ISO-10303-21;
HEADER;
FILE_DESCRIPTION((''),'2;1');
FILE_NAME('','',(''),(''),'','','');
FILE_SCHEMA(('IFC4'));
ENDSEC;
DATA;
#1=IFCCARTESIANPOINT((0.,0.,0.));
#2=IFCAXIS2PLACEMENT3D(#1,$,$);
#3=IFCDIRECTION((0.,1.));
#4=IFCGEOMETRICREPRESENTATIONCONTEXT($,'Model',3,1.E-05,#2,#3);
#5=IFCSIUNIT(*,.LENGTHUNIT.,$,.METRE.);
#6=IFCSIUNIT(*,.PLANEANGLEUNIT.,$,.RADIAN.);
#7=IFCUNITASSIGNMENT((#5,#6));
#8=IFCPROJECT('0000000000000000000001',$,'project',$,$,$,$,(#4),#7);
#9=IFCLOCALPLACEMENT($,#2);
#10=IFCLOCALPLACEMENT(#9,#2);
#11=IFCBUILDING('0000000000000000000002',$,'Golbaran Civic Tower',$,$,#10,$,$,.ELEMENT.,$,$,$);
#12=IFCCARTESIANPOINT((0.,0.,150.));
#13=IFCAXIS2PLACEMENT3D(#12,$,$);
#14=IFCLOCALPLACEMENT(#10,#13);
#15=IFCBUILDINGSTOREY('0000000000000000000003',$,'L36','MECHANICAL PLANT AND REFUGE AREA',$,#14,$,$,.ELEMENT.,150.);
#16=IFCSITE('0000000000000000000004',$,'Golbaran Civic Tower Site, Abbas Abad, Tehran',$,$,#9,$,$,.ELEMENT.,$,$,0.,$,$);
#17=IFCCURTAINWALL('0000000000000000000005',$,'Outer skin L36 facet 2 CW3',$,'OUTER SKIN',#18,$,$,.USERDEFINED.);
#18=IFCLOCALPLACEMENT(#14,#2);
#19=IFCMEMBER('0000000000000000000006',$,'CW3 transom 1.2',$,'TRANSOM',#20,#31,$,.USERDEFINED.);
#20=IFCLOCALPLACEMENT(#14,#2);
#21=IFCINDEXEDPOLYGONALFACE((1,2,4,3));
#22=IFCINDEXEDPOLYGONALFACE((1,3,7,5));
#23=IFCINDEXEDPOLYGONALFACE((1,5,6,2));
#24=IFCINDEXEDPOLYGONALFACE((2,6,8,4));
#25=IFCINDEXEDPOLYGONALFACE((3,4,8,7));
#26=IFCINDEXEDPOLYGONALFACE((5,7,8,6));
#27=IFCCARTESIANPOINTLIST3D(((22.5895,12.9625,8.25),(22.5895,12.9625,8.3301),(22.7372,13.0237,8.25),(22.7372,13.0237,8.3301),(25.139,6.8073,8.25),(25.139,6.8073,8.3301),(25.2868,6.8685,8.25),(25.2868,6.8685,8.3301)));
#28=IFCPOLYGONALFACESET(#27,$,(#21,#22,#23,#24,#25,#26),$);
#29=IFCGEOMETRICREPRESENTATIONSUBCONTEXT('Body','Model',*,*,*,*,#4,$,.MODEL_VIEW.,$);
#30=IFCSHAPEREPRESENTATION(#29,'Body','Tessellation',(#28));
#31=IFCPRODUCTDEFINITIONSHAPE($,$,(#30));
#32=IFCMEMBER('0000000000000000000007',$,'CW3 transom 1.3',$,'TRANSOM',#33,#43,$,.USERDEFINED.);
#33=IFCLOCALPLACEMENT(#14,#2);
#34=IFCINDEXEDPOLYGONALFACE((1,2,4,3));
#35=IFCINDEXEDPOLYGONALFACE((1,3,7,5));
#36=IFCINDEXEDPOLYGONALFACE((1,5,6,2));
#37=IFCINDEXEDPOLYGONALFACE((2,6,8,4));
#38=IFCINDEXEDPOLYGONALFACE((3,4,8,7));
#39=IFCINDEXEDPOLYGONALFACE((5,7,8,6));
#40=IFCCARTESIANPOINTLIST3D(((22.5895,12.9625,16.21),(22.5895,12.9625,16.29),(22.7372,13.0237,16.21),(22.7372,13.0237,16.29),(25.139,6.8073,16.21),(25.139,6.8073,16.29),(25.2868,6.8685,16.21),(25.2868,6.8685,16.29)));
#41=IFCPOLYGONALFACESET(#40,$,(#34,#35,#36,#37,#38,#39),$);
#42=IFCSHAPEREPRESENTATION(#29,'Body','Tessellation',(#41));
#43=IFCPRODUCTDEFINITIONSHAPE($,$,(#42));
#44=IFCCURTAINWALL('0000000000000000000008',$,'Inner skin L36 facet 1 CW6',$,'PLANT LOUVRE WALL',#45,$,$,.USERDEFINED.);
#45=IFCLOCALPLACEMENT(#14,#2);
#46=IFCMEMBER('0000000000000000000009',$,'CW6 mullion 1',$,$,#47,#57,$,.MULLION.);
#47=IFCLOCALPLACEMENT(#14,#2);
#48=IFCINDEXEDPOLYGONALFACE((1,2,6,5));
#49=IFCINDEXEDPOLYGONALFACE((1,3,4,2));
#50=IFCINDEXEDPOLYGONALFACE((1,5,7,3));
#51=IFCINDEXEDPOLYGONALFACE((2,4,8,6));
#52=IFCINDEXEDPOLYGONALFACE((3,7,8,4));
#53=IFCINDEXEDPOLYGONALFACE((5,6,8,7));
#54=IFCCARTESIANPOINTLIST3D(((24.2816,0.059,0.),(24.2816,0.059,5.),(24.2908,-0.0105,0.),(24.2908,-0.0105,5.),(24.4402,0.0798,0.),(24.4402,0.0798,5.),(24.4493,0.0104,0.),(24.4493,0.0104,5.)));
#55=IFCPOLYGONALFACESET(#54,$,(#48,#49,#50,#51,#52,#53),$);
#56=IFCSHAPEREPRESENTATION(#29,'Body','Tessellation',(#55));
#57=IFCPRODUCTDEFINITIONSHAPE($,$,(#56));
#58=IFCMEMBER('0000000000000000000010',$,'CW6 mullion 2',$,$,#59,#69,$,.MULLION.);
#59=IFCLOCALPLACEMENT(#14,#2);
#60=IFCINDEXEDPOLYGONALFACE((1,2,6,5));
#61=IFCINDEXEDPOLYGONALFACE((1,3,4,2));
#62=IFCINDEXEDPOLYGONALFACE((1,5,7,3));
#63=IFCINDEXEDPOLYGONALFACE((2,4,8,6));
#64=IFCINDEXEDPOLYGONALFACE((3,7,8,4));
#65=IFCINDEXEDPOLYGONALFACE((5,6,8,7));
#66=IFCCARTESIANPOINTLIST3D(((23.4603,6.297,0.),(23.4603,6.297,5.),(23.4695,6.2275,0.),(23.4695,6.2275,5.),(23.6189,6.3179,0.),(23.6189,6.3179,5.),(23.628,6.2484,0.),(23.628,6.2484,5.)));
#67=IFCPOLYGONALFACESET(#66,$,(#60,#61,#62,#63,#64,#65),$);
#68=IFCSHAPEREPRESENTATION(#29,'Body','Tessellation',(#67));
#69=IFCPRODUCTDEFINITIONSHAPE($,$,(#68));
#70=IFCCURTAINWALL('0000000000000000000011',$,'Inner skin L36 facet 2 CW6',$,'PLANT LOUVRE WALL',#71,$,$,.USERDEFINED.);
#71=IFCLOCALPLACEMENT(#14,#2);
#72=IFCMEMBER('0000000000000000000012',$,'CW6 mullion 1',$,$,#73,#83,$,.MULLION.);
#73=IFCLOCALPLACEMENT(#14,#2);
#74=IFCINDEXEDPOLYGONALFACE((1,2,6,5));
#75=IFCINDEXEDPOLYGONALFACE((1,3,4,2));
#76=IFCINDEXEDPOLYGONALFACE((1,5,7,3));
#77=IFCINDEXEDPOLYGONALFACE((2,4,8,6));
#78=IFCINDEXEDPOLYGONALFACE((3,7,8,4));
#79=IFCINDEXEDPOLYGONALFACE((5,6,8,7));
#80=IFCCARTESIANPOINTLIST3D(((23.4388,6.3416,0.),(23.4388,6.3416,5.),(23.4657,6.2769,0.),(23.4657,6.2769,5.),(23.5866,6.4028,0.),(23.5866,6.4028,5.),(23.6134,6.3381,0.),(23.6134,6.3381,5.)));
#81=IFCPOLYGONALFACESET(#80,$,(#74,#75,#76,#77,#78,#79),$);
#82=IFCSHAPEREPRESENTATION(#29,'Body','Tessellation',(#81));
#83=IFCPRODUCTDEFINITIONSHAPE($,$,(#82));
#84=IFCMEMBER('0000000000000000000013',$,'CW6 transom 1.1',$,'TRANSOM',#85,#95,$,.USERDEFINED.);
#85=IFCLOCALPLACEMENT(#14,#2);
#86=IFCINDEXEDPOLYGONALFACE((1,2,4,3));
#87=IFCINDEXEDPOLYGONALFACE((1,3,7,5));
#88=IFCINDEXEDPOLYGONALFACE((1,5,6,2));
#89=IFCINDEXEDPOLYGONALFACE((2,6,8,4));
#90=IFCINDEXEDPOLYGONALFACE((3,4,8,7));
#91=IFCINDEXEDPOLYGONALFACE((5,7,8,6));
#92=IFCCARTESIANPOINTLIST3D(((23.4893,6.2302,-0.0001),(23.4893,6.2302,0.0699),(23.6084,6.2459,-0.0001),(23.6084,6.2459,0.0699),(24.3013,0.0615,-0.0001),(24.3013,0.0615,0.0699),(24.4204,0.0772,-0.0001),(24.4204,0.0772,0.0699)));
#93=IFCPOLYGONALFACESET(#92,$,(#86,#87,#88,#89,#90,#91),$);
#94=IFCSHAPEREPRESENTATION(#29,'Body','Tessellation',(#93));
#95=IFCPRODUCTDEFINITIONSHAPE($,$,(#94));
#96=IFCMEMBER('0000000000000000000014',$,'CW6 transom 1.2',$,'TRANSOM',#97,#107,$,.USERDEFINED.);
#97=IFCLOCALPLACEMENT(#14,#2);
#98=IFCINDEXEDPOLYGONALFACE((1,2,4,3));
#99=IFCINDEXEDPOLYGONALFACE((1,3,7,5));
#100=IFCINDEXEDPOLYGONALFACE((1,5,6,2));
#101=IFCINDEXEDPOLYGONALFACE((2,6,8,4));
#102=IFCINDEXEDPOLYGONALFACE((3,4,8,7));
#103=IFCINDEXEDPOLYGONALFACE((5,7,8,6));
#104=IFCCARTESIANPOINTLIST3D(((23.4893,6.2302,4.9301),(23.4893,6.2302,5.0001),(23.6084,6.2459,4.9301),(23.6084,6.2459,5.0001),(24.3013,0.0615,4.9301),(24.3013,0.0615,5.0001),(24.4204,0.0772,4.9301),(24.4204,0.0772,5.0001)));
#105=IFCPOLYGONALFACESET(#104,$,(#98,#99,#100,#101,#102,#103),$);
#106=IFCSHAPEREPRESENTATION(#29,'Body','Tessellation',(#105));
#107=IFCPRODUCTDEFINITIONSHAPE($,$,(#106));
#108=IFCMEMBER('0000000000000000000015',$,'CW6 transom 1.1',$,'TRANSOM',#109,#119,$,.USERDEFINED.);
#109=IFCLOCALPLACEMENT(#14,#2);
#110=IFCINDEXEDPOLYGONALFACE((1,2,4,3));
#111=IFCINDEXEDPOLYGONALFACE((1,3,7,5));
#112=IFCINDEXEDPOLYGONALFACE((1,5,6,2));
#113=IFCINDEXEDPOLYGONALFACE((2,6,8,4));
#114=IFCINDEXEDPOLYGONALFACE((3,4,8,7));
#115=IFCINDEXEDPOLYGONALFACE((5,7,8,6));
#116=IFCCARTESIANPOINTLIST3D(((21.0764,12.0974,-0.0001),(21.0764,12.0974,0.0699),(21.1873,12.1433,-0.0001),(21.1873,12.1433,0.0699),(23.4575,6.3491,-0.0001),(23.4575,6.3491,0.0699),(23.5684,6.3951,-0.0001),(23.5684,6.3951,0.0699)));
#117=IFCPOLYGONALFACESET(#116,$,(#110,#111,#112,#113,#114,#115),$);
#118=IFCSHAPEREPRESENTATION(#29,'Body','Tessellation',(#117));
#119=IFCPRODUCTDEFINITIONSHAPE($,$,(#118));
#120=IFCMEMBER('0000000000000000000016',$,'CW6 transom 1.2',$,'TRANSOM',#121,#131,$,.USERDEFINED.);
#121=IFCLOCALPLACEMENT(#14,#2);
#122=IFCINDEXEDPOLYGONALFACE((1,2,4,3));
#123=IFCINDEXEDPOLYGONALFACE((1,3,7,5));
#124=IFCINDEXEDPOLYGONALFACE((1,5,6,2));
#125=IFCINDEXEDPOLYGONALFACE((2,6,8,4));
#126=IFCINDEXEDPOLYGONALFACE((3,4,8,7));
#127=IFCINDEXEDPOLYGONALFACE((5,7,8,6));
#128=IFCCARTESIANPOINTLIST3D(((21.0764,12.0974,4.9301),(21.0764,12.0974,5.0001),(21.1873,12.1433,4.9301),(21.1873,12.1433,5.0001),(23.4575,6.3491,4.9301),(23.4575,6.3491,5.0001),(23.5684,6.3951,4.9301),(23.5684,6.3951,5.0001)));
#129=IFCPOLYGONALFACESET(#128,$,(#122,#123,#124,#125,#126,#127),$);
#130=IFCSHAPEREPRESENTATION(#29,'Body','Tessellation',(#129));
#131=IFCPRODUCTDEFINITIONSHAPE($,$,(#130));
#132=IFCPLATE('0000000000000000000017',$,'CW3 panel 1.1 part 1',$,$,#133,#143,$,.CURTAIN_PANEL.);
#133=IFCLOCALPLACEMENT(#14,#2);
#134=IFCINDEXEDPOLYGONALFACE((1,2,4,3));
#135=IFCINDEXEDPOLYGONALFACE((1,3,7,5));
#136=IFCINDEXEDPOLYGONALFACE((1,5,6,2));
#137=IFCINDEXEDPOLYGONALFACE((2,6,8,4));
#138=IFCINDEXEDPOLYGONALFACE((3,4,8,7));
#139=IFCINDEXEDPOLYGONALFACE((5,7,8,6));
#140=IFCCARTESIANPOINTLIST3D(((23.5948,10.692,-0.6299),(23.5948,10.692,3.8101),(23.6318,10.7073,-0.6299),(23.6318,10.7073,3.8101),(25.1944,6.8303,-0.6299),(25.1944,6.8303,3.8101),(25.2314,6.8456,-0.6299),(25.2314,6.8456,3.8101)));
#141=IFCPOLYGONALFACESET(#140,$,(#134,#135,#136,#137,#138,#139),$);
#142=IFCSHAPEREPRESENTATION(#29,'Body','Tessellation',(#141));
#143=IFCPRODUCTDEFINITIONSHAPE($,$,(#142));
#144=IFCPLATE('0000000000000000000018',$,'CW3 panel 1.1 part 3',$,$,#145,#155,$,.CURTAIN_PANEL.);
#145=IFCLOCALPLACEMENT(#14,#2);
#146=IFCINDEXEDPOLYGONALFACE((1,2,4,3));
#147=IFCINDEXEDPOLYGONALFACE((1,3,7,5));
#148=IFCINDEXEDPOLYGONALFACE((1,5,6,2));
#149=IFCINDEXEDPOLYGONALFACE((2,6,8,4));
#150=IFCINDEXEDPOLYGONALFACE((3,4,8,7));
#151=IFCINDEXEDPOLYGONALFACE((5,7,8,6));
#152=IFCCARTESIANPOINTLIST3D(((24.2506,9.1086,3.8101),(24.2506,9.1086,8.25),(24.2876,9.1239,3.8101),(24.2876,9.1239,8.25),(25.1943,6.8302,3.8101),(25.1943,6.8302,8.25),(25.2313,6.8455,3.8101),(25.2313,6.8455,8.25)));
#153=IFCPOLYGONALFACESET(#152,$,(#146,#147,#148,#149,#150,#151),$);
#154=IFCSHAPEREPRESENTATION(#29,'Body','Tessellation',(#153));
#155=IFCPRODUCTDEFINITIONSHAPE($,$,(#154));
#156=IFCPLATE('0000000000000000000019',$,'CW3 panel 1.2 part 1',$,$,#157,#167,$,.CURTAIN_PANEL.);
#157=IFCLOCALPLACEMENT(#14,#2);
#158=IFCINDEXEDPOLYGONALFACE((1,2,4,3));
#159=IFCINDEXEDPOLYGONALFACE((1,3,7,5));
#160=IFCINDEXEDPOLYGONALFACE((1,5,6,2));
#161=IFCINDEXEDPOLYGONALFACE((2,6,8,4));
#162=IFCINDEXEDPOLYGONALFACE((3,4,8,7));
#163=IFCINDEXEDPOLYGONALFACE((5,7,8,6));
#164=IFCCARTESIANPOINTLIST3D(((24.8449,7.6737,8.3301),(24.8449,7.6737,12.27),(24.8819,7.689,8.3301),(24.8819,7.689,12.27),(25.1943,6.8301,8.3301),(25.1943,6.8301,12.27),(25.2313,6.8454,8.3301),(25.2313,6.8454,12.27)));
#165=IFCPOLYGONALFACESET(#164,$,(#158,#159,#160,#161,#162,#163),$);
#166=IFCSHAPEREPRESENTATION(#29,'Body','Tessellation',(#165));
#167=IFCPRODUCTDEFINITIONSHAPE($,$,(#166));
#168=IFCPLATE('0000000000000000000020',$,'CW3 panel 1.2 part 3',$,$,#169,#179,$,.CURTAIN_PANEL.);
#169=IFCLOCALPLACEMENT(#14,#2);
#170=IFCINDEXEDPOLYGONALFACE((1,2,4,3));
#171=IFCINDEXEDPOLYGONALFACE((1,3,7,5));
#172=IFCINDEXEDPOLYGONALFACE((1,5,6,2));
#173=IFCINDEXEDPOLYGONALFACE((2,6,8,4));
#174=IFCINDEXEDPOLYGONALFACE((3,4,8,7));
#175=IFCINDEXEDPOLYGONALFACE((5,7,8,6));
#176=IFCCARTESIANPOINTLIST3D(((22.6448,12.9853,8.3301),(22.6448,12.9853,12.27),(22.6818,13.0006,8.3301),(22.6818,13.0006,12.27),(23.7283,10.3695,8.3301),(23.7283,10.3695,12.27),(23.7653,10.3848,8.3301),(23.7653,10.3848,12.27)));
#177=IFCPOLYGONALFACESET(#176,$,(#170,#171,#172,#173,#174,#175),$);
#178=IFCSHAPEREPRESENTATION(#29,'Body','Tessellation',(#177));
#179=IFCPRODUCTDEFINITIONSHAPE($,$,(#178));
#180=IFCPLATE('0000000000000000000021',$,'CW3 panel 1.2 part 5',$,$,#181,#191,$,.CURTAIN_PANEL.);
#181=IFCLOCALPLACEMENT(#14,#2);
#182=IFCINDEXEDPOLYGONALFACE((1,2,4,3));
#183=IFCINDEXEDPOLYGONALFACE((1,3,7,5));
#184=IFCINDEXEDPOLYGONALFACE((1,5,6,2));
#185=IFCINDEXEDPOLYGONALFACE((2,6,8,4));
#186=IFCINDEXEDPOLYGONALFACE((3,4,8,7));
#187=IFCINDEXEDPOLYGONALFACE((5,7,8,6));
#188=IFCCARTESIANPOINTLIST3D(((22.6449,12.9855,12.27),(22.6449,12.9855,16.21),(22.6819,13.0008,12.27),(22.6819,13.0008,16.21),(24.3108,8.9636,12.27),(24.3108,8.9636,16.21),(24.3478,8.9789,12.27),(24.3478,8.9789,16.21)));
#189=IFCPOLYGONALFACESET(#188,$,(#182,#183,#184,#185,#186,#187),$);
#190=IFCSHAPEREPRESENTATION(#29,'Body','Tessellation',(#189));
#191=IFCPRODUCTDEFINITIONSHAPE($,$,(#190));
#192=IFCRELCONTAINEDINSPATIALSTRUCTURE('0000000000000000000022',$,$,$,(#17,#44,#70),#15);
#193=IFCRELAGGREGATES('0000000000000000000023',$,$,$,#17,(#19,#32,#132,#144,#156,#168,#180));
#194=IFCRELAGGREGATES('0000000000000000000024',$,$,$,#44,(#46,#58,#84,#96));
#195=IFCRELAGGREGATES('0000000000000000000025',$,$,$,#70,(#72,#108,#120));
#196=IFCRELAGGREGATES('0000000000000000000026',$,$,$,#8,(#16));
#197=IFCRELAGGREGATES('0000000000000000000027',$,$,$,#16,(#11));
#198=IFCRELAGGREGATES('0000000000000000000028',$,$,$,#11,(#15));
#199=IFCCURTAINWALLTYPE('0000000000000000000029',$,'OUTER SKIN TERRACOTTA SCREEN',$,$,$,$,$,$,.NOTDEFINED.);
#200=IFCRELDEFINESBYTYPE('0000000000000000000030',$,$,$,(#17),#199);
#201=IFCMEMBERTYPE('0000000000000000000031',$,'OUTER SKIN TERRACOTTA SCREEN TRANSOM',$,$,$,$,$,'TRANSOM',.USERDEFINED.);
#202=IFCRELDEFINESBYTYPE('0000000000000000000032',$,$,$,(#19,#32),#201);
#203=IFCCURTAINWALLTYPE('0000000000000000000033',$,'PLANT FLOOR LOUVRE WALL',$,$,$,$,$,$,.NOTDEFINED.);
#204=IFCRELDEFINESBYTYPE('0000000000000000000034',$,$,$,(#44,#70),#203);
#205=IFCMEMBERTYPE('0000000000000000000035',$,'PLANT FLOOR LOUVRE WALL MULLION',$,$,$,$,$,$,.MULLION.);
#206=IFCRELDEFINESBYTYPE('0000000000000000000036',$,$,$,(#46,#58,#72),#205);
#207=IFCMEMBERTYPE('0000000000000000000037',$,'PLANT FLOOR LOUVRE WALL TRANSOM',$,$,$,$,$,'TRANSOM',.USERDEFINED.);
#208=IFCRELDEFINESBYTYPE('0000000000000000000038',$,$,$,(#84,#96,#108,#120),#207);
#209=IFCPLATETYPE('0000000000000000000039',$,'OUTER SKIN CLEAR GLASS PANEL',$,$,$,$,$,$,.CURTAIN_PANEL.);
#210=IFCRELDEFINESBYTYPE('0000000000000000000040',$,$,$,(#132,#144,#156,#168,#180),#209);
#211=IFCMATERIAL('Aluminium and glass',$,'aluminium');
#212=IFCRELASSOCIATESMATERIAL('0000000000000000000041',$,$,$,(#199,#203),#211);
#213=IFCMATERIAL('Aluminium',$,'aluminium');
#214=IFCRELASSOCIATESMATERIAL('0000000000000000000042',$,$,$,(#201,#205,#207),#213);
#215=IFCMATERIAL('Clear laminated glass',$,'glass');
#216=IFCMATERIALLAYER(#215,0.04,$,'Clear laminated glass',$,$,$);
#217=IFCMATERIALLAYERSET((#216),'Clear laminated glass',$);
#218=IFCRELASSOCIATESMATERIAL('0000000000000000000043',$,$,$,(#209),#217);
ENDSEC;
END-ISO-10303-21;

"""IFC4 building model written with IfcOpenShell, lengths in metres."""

from ifc_helpers import new_model, si_unit, direction, frame, origin, origin_2d, place, context, subcontext, project, spatial, rectangle, extrude, material, layer, layer_set, material_profile, profile_set, type_object, element, aggregate, save


model = new_model("IFC4")

# Units and contexts
model_context = context("Model", 3, precision=1e-05, world=origin(), true_north=direction((0.0, 1.0)))
body_context = subcontext(model_context, "Body", "Model", "MODEL_VIEW")
ifc_project = project(units=[si_unit("LENGTHUNIT", "METRE"), si_unit("PLANEANGLEUNIT", "RADIAN")], contexts=[model_context])

# Site, building, storey
site_placement = place(None, origin())
site = spatial("IfcSite", under=ifc_project, at=site_placement, Name="Golbaran Civic Tower Site, Abbas Abad, Tehran", CompositionType="ELEMENT", RefElevation=0.0)
building_placement = place(site_placement, origin())
building = spatial("IfcBuilding", under=site, at=building_placement, Name="Golbaran Civic Tower", CompositionType="ELEMENT")
storey_placement = place(building_placement, frame((0.0, 0.0, 150.0)))
storey = spatial("IfcBuildingStorey", under=building, at=storey_placement, Name="L36", Description="MECHANICAL PLANT AND REFUGE AREA", CompositionType="ELEMENT", Elevation=150.0)

# Shared definitions
ifc_material_1 = material(Name="Aluminium and glass", Category="aluminium")
curtain_wall_type_1 = type_object("IfcCurtainWallType", Name="OUTER SKIN TERRACOTTA SCREEN", PredefinedType="NOTDEFINED", material=ifc_material_1)
ifc_material_2 = material(Name="Aluminium", Category="aluminium")

# Curtain wall
curtain_wall_1_placement = place(storey_placement, origin())
curtain_wall_1 = element("IfcCurtainWall", 1, at=curtain_wall_1_placement, inside=storey, type_object=curtain_wall_type_1, Name="Outer skin L36 facet 2 CW3", ObjectType="OUTER SKIN", PredefinedType="USERDEFINED")

# Members
ifc_material_profile_1 = material_profile(ifc_material_2, rectangle(XDim=0.1599, YDim=0.0801, at=origin_2d()), Name="OUTER SKIN TERRACOTTA SCREEN TRANSOM")
ifc_profile_set_1 = profile_set([ifc_material_profile_1], Name="Aluminium")
member_type_1 = type_object("IfcMemberType", Name="OUTER SKIN TERRACOTTA SCREEN TRANSOM", ElementType="TRANSOM", PredefinedType="USERDEFINED", material=ifc_profile_set_1)
member_1_placement = place(storey_placement, frame((25.2129, 6.8379, 8.29), z_axis=(-0.382679, 0.923882, 0.0), x_axis=(-0.923882, -0.382679, 0.0)))
member_1 = element("IfcMember", 2, at=member_1_placement, type_object=member_type_1, Name="CW3 transom 1.2", ObjectType="TRANSOM", PredefinedType="USERDEFINED", context=body_context, shape_type="SweptSolid", body=[
    extrude(rectangle(XDim=0.1599, YDim=0.0801, at=origin_2d()), origin(), (0.0, 0.0, 1.0), 6.6624),
])
member_2_placement = place(storey_placement, frame((25.2129, 6.8379, 16.25), z_axis=(-0.382679, 0.923882, 0.0), x_axis=(-0.923882, -0.382679, 0.0)))
member_2 = element("IfcMember", 3, at=member_2_placement, type_object=member_type_1, Name="CW3 transom 1.3", ObjectType="TRANSOM", PredefinedType="USERDEFINED", context=body_context, shape_type="SweptSolid", body=[
    extrude(rectangle(XDim=0.1599, YDim=0.0801, at=origin_2d()), origin(), (0.0, 0.0, 1.0), 6.6624),
])

# Curtain wall, members
curtain_wall_type_2 = type_object("IfcCurtainWallType", Name="PLANT FLOOR LOUVRE WALL", PredefinedType="NOTDEFINED", material=ifc_material_1)
curtain_wall_2_placement = place(storey_placement, origin())
curtain_wall_2 = element("IfcCurtainWall", 4, at=curtain_wall_2_placement, inside=storey, type_object=curtain_wall_type_2, Name="Inner skin L36 facet 1 CW6", ObjectType="PLANT LOUVRE WALL", PredefinedType="USERDEFINED")
ifc_material_profile_2 = material_profile(ifc_material_2, rectangle(XDim=0.1599, YDim=0.0701, at=origin_2d()), Name="PLANT FLOOR LOUVRE WALL MULLION")
ifc_profile_set_2 = profile_set([ifc_material_profile_2], Name="Aluminium")
member_type_2 = type_object("IfcMemberType", Name="PLANT FLOOR LOUVRE WALL MULLION", PredefinedType="MULLION", material=ifc_profile_set_2)
member_3_placement = place(storey_placement, frame((24.3655, 0.0347, 0.0), z_axis=(0.0, 0.0, 1.0), x_axis=(-0.991445, -0.130526, 0.0)))
member_3 = element("IfcMember", 5, at=member_3_placement, type_object=member_type_2, Name="CW6 mullion 1", PredefinedType="MULLION", context=body_context, shape_type="SweptSolid", body=[
    extrude(rectangle(XDim=0.1599, YDim=0.0701, at=origin_2d()), origin(), (0.0, 0.0, 1.0), 5.0),
])
member_4_placement = place(storey_placement, frame((23.5442, 6.2727, 0.0), z_axis=(0.0, 0.0, 1.0), x_axis=(-0.991445, -0.130526, 0.0)))
member_4 = element("IfcMember", 6, at=member_4_placement, type_object=member_type_2, Name="CW6 mullion 2", PredefinedType="MULLION", context=body_context, shape_type="SweptSolid", body=[
    extrude(rectangle(XDim=0.1599, YDim=0.0701, at=origin_2d()), origin(), (0.0, 0.0, 1.0), 5.0),
])

# Curtain wall, member
curtain_wall_3_placement = place(storey_placement, origin())
curtain_wall_3 = element("IfcCurtainWall", 7, at=curtain_wall_3_placement, inside=storey, type_object=curtain_wall_type_2, Name="Inner skin L36 facet 2 CW6", ObjectType="PLANT LOUVRE WALL", PredefinedType="USERDEFINED")
member_5_placement = place(storey_placement, frame((23.5261, 6.3398, 0.0), z_axis=(0.0, 0.0, 1.0), x_axis=(-0.92388, -0.382683, 0.0)))
member_5 = element("IfcMember", 8, at=member_5_placement, type_object=member_type_2, Name="CW6 mullion 1", PredefinedType="MULLION", context=body_context, shape_type="SweptSolid", body=[
    extrude(rectangle(XDim=0.1599, YDim=0.0701, at=origin_2d()), origin(), (0.0, 0.0, 1.0), 5.0),
])

# Members
ifc_material_profile_3 = material_profile(ifc_material_2, rectangle(XDim=0.1201, YDim=0.0701, at=origin_2d()), Name="PLANT FLOOR LOUVRE WALL TRANSOM")
ifc_profile_set_3 = profile_set([ifc_material_profile_3], Name="Aluminium")
member_type_3 = type_object("IfcMemberType", Name="PLANT FLOOR LOUVRE WALL TRANSOM", ElementType="TRANSOM", PredefinedType="USERDEFINED", material=ifc_profile_set_3)
member_6_placement = place(storey_placement, frame((24.3608, 0.0693, 0.0349), z_axis=(-0.130508, 0.991447, 0.0), x_axis=(-0.991447, -0.130508, 0.0)))
member_6 = element("IfcMember", 9, at=member_6_placement, type_object=member_type_3, Name="CW6 transom 1.1", ObjectType="TRANSOM", PredefinedType="USERDEFINED", context=body_context, shape_type="SweptSolid", body=[
    extrude(rectangle(XDim=0.1201, YDim=0.0701, at=origin_2d()), origin(), (0.0, 0.0, 1.0), 6.2219),
])
member_7_placement = place(storey_placement, frame((24.3608, 0.0693, 4.9651), z_axis=(-0.130508, 0.991447, 0.0), x_axis=(-0.991447, -0.130508, 0.0)))
member_7 = element("IfcMember", 10, at=member_7_placement, type_object=member_type_3, Name="CW6 transom 1.2", ObjectType="TRANSOM", PredefinedType="USERDEFINED", context=body_context, shape_type="SweptSolid", body=[
    extrude(rectangle(XDim=0.1201, YDim=0.0701, at=origin_2d()), origin(), (0.0, 0.0, 1.0), 6.2219),
])
member_8_placement = place(storey_placement, frame((23.5129, 6.3721, 0.0349), z_axis=(-0.382695, 0.923875, 0.0), x_axis=(-0.923875, -0.382695, 0.0)))
member_8 = element("IfcMember", 11, at=member_8_placement, type_object=member_type_3, Name="CW6 transom 1.1", ObjectType="TRANSOM", PredefinedType="USERDEFINED", context=body_context, shape_type="SweptSolid", body=[
    extrude(rectangle(XDim=0.1201, YDim=0.0701, at=origin_2d()), origin(), (0.0, 0.0, 1.0), 6.2219),
])
member_9_placement = place(storey_placement, frame((23.5129, 6.3721, 4.9651), z_axis=(-0.382695, 0.923875, 0.0), x_axis=(-0.923875, -0.382695, 0.0)))
member_9 = element("IfcMember", 12, at=member_9_placement, type_object=member_type_3, Name="CW6 transom 1.2", ObjectType="TRANSOM", PredefinedType="USERDEFINED", context=body_context, shape_type="SweptSolid", body=[
    extrude(rectangle(XDim=0.1201, YDim=0.0701, at=origin_2d()), origin(), (0.0, 0.0, 1.0), 6.2219),
])

# Plates
ifc_material_3 = material(Name="Clear laminated glass", Category="glass")
ifc_layer_1 = layer(ifc_material_3, 0.04, Name="Clear laminated glass")
ifc_layer_set_1 = layer_set([ifc_layer_1], Name="Clear laminated glass")
plate_type_1 = type_object("IfcPlateType", Name="OUTER SKIN CLEAR GLASS PANEL", PredefinedType="CURTAIN_PANEL", material=ifc_layer_set_1)
plate_1_placement = place(storey_placement, frame((24.4131, 8.7688, -0.6299), z_axis=(0.0, 0.0, 1.0), x_axis=(-0.382683, 0.92388, 0.0)))
plate_1 = element("IfcPlate", 13, at=plate_1_placement, type_object=plate_type_1, Name="CW3 panel 1.1 part 1", PredefinedType="CURTAIN_PANEL", context=body_context, shape_type="SweptSolid", body=[
    extrude(rectangle(XDim=4.1799, YDim=0.04, at=origin_2d()), origin(), (0.0, 0.0, 1.0), 4.4399),
])
plate_2_placement = place(storey_placement, frame((24.741, 7.9771, 3.8101), z_axis=(0.0, 0.0, 1.0), x_axis=(-0.382683, 0.92388, 0.0)))
plate_2 = element("IfcPlate", 14, at=plate_2_placement, type_object=plate_type_1, Name="CW3 panel 1.1 part 3", PredefinedType="CURTAIN_PANEL", context=body_context, shape_type="SweptSolid", body=[
    extrude(rectangle(XDim=2.4661, YDim=0.04, at=origin_2d()), origin(), (0.0, 0.0, 1.0), 4.4399),
])
plate_3_placement = place(storey_placement, frame((25.0381, 7.2595, 8.3301), z_axis=(0.0, 0.0, 1.0), x_axis=(-0.382683, 0.92388, 0.0)))
plate_3 = element("IfcPlate", 15, at=plate_3_placement, type_object=plate_type_1, Name="CW3 panel 1.2 part 1", PredefinedType="CURTAIN_PANEL", context=body_context, shape_type="SweptSolid", body=[
    extrude(rectangle(XDim=0.9131, YDim=0.04, at=origin_2d()), origin(), (0.0, 0.0, 1.0), 3.9399),
])
plate_4_placement = place(storey_placement, frame((23.2051, 11.6851, 8.3301), z_axis=(0.0, 0.0, 1.0), x_axis=(-0.382683, 0.92388, 0.0)))
plate_4 = element("IfcPlate", 16, at=plate_4_placement, type_object=plate_type_1, Name="CW3 panel 1.2 part 3", PredefinedType="CURTAIN_PANEL", context=body_context, shape_type="SweptSolid", body=[
    extrude(rectangle(XDim=2.8313, YDim=0.04, at=origin_2d()), origin(), (0.0, 0.0, 1.0), 3.9399),
])
plate_5_placement = place(storey_placement, frame((23.4963, 10.9822, 12.27), z_axis=(0.0, 0.0, 1.0), x_axis=(-0.382683, 0.92388, 0.0)))
plate_5 = element("IfcPlate", 17, at=plate_5_placement, type_object=plate_type_1, Name="CW3 panel 1.2 part 5", PredefinedType="CURTAIN_PANEL", context=body_context, shape_type="SweptSolid", body=[
    extrude(rectangle(XDim=4.3533, YDim=0.04, at=origin_2d()), origin(), (0.0, 0.0, 1.0), 3.9399),
])
aggregate(curtain_wall_1, [member_1, member_2, plate_1, plate_2, plate_3, plate_4, plate_5])
aggregate(curtain_wall_2, [member_3, member_4, member_6, member_7])
aggregate(curtain_wall_3, [member_5, member_8, member_9])

save(model, "model.ifc")
